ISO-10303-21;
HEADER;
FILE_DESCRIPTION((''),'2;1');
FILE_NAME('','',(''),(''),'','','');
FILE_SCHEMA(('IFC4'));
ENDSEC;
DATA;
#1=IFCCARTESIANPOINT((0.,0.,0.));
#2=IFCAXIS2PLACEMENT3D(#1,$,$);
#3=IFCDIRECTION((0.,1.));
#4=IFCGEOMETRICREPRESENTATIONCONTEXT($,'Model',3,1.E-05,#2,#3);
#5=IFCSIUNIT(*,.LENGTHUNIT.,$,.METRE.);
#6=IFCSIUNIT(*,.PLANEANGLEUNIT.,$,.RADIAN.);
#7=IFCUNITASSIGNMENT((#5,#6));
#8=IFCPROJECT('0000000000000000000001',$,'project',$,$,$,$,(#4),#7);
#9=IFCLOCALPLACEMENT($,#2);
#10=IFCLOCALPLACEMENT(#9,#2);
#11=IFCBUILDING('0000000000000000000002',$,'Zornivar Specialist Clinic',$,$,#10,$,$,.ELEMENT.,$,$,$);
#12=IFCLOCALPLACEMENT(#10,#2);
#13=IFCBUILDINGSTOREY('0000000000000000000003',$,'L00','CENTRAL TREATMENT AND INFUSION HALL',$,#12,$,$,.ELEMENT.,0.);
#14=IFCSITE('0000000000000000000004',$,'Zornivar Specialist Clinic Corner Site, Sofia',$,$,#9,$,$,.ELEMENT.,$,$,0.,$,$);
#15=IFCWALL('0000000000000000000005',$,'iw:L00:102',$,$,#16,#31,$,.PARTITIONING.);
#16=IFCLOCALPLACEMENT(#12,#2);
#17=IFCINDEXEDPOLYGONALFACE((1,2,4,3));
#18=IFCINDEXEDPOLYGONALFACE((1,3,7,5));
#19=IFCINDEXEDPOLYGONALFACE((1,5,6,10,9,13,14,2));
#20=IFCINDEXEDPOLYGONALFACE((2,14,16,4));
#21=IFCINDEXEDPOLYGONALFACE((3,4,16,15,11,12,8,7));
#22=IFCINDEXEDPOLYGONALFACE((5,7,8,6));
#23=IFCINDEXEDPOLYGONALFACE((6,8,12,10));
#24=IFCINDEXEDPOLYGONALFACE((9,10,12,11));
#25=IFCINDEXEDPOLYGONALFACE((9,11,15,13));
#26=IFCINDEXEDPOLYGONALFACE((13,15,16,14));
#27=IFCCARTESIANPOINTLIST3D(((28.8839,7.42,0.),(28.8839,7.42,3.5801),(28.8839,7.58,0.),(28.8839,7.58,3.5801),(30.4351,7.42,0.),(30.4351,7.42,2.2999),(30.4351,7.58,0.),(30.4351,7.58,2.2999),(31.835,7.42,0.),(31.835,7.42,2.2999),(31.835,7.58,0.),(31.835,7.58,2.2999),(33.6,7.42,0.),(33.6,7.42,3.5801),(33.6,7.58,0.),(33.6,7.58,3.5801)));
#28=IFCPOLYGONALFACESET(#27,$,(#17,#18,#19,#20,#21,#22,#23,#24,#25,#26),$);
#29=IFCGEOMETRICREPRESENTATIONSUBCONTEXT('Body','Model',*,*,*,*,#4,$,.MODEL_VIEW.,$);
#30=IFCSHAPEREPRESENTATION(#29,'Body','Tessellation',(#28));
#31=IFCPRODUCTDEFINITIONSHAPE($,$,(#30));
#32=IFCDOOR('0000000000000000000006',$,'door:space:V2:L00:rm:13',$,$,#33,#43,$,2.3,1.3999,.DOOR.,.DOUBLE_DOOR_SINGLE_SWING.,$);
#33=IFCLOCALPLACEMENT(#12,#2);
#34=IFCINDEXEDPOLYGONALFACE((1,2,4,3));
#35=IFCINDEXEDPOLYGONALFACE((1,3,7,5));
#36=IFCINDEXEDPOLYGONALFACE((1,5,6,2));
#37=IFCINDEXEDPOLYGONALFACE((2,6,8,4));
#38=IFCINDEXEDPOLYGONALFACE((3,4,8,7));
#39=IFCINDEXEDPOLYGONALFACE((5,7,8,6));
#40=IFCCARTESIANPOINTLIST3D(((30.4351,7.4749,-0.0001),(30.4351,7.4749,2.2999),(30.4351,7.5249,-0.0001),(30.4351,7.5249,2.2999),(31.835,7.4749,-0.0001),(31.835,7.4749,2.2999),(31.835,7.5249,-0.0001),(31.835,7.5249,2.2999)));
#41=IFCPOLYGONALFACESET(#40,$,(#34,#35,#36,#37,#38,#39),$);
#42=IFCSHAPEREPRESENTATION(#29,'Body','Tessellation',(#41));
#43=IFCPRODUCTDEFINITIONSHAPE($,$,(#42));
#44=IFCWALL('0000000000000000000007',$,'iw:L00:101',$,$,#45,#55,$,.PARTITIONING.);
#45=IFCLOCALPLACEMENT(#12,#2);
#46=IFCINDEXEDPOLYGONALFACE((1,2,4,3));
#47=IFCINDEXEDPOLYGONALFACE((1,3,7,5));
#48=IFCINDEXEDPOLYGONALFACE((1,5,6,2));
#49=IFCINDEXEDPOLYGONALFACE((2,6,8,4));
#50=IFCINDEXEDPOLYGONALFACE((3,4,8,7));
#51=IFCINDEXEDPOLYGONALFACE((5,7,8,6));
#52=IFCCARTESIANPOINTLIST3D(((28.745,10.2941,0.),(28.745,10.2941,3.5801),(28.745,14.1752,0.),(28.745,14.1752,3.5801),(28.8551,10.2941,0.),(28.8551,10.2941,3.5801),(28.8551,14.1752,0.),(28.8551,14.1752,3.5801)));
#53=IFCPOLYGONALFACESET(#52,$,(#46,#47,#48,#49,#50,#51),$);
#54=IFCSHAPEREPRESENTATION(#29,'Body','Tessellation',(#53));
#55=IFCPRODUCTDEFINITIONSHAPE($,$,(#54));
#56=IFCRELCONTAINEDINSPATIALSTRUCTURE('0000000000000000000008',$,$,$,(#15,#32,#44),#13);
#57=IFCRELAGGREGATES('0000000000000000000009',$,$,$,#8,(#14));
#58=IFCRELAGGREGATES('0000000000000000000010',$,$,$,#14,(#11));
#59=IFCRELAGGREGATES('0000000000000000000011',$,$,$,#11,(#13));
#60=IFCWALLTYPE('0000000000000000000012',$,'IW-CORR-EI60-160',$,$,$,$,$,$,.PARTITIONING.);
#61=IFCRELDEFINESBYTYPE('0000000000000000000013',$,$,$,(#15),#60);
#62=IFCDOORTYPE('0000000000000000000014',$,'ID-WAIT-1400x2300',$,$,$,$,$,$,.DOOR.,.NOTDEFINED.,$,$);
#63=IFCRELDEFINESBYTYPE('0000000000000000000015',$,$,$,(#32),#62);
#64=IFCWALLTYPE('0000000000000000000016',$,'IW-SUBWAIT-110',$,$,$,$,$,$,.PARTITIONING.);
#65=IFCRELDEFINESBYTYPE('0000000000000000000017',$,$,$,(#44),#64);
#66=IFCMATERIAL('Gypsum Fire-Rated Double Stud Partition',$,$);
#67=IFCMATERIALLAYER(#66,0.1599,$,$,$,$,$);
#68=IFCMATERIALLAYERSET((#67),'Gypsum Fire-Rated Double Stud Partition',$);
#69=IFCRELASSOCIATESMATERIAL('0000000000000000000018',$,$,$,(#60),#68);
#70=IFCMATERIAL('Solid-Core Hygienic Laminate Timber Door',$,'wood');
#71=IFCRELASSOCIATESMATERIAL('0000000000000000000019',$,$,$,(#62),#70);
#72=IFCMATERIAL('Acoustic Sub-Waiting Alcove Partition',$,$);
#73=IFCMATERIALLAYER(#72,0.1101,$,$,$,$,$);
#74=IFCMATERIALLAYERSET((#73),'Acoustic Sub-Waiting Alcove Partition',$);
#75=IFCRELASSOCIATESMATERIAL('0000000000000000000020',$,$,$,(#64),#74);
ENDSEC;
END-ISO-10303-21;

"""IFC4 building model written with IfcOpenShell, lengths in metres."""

from ifc_helpers import new_model, si_unit, direction, frame, frame_2d, origin, place, context, subcontext, project, spatial, rectangle, extrude, material, layer, layer_set, type_object, element, fill, save


model = new_model("IFC4")

# Units and contexts
model_context = context("Model", 3, precision=1e-05, world=origin(), true_north=direction((0.0, 1.0)))
body_context = subcontext(model_context, "Body", "Model", "MODEL_VIEW")
ifc_project = project(units=[si_unit("LENGTHUNIT", "METRE"), si_unit("PLANEANGLEUNIT", "RADIAN")], contexts=[model_context])

# Site, building, storey
site_placement = place(None, origin())
site = spatial("IfcSite", under=ifc_project, at=site_placement, Name="Zornivar Specialist Clinic Corner Site, Sofia", CompositionType="ELEMENT", RefElevation=0.0)
building_placement = place(site_placement, origin())
building = spatial("IfcBuilding", under=site, at=building_placement, Name="Zornivar Specialist Clinic", CompositionType="ELEMENT")
storey_placement = place(building_placement, origin())
storey = spatial("IfcBuildingStorey", under=building, at=storey_placement, Name="L00", Description="CENTRAL TREATMENT AND INFUSION HALL", CompositionType="ELEMENT", Elevation=0.0)

# Wall, opening, door
ifc_material_1 = material(Name="Gypsum Fire-Rated Double Stud Partition")
ifc_layer_1 = layer(ifc_material_1, 0.1599)
ifc_layer_set_1 = layer_set([ifc_layer_1], Name="Gypsum Fire-Rated Double Stud Partition")
wall_type_1 = type_object("IfcWallType", Name="IW-CORR-EI60-160", PredefinedType="PARTITIONING", material=ifc_layer_set_1)
wall_1_placement = place(storey_placement, frame((28.884, 7.5, 0.0), z_axis=(0.0, 0.0, 1.0), x_axis=(1.0, 0.0, 0.0)))
wall_1 = element("IfcWall", 1, at=wall_1_placement, inside=storey, type_object=wall_type_1, Name="iw:L00:102", PredefinedType="PARTITIONING", context=body_context, shape_type="SweptSolid", body=[
    extrude(rectangle(XDim=4.7161, YDim=0.1599, at=frame_2d((2.3579, 0.0))), origin(), (0.0, 0.0, 1.0), 3.5801),
])
opening_1_placement = place(wall_1_placement, frame((1.551, 0.0, 0.0)))
opening_1 = element("IfcOpeningElement", 2, at=opening_1_placement, cuts=wall_1, PredefinedType="OPENING", context=body_context, shape_type="SweptSolid", body=[
    extrude(rectangle(XDim=1.3999, YDim=2.3, at=frame_2d((0.7, 1.1499))), frame((0.0, 0.0898, 0.0), z_axis=(0.0, -1.0, 0.0), x_axis=(1.0, 0.0, 0.0)), (0.0, 0.0, 1.0), 0.1799),
])
ifc_material_2 = material(Name="Solid-Core Hygienic Laminate Timber Door", Category="wood")
door_type_1 = type_object("IfcDoorType", Name="ID-WAIT-1400x2300", OperationType="NOTDEFINED", PredefinedType="DOOR", material=ifc_material_2)
door_1_placement = place(opening_1_placement, origin())
door_1 = element("IfcDoor", 3, at=door_1_placement, inside=storey, type_object=door_type_1, Name="door:space:V2:L00:rm:13", OperationType="DOUBLE_DOOR_SINGLE_SWING", OverallHeight=2.3, OverallWidth=1.3999, PredefinedType="DOOR", context=body_context, shape_type="SweptSolid", body=[
    extrude(rectangle(XDim=1.3999, YDim=2.3, at=frame_2d((0.7, 1.1499))), frame((0.0, 0.0249, 0.0), z_axis=(0.0, -1.0, 0.0), x_axis=(1.0, 0.0, 0.0)), (0.0, 0.0, 1.0), 0.05),
])
fill(opening_1, door_1)

# Wall
ifc_material_3 = material(Name="Acoustic Sub-Waiting Alcove Partition")
ifc_layer_2 = layer(ifc_material_3, 0.1101)
ifc_layer_set_2 = layer_set([ifc_layer_2], Name="Acoustic Sub-Waiting Alcove Partition")
wall_type_2 = type_object("IfcWallType", Name="IW-SUBWAIT-110", PredefinedType="PARTITIONING", material=ifc_layer_set_2)
wall_2_placement = place(storey_placement, frame((28.8, 14.175, 0.0), z_axis=(0.0, 0.0, 1.0), x_axis=(0.0, -1.0, 0.0)))
element("IfcWall", 4, at=wall_2_placement, inside=storey, type_object=wall_type_2, Name="iw:L00:101", PredefinedType="PARTITIONING", context=body_context, shape_type="SweptSolid", body=[
    extrude(rectangle(XDim=3.8811, YDim=0.1101, at=frame_2d((1.9404, 0.0))), origin(), (0.0, 0.0, 1.0), 3.5801),
])

save(model, "model.ifc")
